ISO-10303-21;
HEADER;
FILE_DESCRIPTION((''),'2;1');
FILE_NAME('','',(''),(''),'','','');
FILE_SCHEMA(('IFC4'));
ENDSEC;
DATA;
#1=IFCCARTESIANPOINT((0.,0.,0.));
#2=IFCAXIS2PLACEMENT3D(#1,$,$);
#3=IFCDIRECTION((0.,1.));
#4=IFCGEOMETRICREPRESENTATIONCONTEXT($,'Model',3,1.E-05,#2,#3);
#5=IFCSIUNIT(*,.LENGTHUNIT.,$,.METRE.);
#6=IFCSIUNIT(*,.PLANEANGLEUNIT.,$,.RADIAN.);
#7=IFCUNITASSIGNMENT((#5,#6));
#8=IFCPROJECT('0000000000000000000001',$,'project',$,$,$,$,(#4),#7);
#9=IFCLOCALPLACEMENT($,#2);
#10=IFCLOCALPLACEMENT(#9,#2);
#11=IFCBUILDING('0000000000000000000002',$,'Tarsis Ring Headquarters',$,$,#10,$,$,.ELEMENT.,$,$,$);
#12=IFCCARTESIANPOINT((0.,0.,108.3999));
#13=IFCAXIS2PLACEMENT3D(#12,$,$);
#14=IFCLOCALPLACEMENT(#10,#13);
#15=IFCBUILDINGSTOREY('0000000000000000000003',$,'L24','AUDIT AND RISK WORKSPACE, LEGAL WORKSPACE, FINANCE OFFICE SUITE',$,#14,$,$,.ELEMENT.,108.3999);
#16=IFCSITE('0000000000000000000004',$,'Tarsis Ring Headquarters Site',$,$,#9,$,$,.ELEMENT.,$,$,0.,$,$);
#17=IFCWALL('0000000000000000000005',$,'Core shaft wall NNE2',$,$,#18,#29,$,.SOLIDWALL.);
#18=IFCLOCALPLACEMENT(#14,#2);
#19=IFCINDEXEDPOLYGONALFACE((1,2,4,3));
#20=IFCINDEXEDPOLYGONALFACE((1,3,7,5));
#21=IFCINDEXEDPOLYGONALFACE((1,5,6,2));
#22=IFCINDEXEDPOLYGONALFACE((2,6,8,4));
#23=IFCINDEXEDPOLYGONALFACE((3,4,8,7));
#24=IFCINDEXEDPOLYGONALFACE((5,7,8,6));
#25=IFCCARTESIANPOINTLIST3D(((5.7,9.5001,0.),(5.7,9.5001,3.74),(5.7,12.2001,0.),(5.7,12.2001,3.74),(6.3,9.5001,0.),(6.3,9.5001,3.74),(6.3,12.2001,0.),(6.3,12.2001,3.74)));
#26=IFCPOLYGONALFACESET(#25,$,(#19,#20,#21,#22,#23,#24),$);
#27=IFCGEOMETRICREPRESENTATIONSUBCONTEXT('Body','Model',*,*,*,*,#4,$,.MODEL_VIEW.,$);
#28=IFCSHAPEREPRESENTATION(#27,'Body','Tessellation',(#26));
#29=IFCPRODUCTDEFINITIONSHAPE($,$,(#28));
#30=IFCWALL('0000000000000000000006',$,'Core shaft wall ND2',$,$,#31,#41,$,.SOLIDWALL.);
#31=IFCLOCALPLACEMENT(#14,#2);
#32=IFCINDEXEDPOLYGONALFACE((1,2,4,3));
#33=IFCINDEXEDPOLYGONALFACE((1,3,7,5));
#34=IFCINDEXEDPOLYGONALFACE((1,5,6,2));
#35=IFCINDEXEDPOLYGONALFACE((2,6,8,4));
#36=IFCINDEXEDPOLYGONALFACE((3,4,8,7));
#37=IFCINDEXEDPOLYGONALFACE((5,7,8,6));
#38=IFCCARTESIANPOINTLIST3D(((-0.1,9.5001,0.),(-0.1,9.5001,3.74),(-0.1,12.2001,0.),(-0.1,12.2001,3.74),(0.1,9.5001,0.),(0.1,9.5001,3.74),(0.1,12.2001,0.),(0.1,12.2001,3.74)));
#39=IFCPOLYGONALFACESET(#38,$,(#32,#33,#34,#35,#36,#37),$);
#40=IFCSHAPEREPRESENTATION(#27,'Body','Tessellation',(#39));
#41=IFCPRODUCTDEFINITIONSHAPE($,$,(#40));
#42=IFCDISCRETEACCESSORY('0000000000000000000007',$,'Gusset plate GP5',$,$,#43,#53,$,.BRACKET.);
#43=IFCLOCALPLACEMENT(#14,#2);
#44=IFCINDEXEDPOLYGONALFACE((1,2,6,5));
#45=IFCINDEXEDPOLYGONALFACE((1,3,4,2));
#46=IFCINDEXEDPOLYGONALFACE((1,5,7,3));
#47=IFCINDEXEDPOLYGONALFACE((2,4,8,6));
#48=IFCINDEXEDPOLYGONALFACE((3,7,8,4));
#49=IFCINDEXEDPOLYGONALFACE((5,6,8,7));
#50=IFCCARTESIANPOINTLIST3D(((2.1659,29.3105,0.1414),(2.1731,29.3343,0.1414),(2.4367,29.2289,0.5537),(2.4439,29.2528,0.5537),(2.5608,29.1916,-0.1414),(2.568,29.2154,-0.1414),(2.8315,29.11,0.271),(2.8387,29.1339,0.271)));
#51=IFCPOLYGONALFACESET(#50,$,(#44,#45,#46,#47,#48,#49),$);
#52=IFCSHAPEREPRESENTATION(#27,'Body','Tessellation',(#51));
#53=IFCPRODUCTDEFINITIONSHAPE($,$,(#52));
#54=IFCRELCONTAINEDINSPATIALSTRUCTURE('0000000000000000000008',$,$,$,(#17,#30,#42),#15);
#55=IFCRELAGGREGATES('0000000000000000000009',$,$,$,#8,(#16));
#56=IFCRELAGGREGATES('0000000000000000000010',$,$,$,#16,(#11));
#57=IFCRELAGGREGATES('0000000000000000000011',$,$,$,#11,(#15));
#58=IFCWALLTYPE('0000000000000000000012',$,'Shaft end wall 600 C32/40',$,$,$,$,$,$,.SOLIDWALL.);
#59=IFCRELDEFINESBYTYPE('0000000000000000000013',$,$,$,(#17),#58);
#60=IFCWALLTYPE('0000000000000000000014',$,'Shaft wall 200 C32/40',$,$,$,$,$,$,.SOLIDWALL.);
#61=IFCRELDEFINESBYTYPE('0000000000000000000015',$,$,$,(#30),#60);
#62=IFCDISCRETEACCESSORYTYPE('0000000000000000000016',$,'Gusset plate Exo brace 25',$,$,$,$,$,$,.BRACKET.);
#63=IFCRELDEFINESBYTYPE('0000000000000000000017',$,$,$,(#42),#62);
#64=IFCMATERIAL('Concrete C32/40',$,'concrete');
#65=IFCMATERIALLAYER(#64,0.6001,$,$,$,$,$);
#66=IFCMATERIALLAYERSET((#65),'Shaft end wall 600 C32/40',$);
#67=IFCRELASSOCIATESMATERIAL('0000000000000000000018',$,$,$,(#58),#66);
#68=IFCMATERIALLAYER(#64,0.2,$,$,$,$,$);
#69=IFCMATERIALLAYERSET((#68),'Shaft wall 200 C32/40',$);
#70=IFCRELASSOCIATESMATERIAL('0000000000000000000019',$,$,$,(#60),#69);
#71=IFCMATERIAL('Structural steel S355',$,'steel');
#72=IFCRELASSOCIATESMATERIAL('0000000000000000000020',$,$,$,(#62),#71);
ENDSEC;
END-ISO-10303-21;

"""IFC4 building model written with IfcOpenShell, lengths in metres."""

from ifc_helpers import new_model, si_unit, direction, frame, frame_2d, origin, origin_2d, place, context, subcontext, project, spatial, rectangle, extrude, material, layer, layer_set, material_profile, profile_set, type_object, element, save


model = new_model("IFC4")

# Units and contexts
model_context = context("Model", 3, precision=1e-05, world=origin(), true_north=direction((0.0, 1.0)))
body_context = subcontext(model_context, "Body", "Model", "MODEL_VIEW")
ifc_project = project(units=[si_unit("LENGTHUNIT", "METRE"), si_unit("PLANEANGLEUNIT", "RADIAN")], contexts=[model_context])

# Site, building, storey
site_placement = place(None, origin())
site = spatial("IfcSite", under=ifc_project, at=site_placement, Name="Tarsis Ring Headquarters Site", CompositionType="ELEMENT", RefElevation=0.0)
building_placement = place(site_placement, origin())
building = spatial("IfcBuilding", under=site, at=building_placement, Name="Tarsis Ring Headquarters", CompositionType="ELEMENT")
storey_placement = place(building_placement, frame((0.0, 0.0, 108.3999)))
storey = spatial("IfcBuildingStorey", under=building, at=storey_placement, Name="L24", Description="AUDIT AND RISK WORKSPACE, LEGAL WORKSPACE, FINANCE OFFICE SUITE", CompositionType="ELEMENT", Elevation=108.3999)

# Shared definitions
ifc_material_1 = material(Name="Structural steel S355", Category="steel")

# Walls
ifc_material_2 = material(Name="Concrete C32/40", Category="concrete")
ifc_layer_1 = layer(ifc_material_2, 0.6001)
ifc_layer_set_1 = layer_set([ifc_layer_1], Name="Shaft end wall 600 C32/40")
wall_type_1 = type_object("IfcWallType", Name="Shaft end wall 600 C32/40", PredefinedType="SOLIDWALL", material=ifc_layer_set_1)
for number, where, z_axis, x_axis, name in (
    (1, (6.0, 9.5, 0.0), (0.0, 0.0, 1.0), (0.0, 1.0, 0.0), "Core shaft wall NNE2"),
):
    element("IfcWall", number, at=place(storey_placement, frame(where, z_axis=z_axis, x_axis=x_axis)), inside=storey, type_object=wall_type_1, Name=name, PredefinedType="SOLIDWALL", context=body_context, shape_type="SweptSolid", body=[
        extrude(rectangle(XDim=2.7, YDim=0.6001, at=frame_2d((1.3501, 0.0))), origin(), (0.0, 0.0, 1.0), 3.74),
    ])
ifc_layer_2 = layer(ifc_material_2, 0.2)
ifc_layer_set_2 = layer_set([ifc_layer_2], Name="Shaft wall 200 C32/40")
wall_type_2 = type_object("IfcWallType", Name="Shaft wall 200 C32/40", PredefinedType="SOLIDWALL", material=ifc_layer_set_2)
wall_1_placement = place(storey_placement, frame((0.0, 9.5, 0.0), z_axis=(0.0, 0.0, 1.0), x_axis=(0.0, 1.0, 0.0)))
element("IfcWall", 2, at=wall_1_placement, inside=storey, type_object=wall_type_2, Name="Core shaft wall ND2", PredefinedType="SOLIDWALL", context=body_context, shape_type="SweptSolid", body=[
    extrude(rectangle(XDim=2.7, YDim=0.2, at=frame_2d((1.3501, 0.0))), origin(), (0.0, 0.0, 1.0), 3.74),
])

# Discrete accessory
ifc_material_profile_1 = material_profile(ifc_material_1, rectangle(XDim=0.0249, YDim=0.5, at=origin_2d()), Name="PL 25x500")
ifc_profile_set_1 = profile_set([ifc_material_profile_1], Name="Structural steel S355")
discrete_accessory_type = type_object("IfcDiscreteAccessoryType", Name="Gusset plate Exo brace 25", PredefinedType="BRACKET", material=ifc_profile_set_1)
discrete_accessory_placement = place(storey_placement, frame((2.3669, 29.2629, 0.0), z_axis=(0.541513, -0.163089, 0.824721), x_axis=(0.288377, 0.957517, 0.0)))
element("IfcDiscreteAccessory", 3, at=discrete_accessory_placement, inside=storey, type_object=discrete_accessory_type, Name="Gusset plate GP5", PredefinedType="BRACKET", context=body_context, shape_type="SweptSolid", body=[
    extrude(rectangle(XDim=0.0249, YDim=0.5, at=origin_2d()), origin(), (0.0, 0.0, 1.0), 0.5),
])

save(model, "model.ifc")
